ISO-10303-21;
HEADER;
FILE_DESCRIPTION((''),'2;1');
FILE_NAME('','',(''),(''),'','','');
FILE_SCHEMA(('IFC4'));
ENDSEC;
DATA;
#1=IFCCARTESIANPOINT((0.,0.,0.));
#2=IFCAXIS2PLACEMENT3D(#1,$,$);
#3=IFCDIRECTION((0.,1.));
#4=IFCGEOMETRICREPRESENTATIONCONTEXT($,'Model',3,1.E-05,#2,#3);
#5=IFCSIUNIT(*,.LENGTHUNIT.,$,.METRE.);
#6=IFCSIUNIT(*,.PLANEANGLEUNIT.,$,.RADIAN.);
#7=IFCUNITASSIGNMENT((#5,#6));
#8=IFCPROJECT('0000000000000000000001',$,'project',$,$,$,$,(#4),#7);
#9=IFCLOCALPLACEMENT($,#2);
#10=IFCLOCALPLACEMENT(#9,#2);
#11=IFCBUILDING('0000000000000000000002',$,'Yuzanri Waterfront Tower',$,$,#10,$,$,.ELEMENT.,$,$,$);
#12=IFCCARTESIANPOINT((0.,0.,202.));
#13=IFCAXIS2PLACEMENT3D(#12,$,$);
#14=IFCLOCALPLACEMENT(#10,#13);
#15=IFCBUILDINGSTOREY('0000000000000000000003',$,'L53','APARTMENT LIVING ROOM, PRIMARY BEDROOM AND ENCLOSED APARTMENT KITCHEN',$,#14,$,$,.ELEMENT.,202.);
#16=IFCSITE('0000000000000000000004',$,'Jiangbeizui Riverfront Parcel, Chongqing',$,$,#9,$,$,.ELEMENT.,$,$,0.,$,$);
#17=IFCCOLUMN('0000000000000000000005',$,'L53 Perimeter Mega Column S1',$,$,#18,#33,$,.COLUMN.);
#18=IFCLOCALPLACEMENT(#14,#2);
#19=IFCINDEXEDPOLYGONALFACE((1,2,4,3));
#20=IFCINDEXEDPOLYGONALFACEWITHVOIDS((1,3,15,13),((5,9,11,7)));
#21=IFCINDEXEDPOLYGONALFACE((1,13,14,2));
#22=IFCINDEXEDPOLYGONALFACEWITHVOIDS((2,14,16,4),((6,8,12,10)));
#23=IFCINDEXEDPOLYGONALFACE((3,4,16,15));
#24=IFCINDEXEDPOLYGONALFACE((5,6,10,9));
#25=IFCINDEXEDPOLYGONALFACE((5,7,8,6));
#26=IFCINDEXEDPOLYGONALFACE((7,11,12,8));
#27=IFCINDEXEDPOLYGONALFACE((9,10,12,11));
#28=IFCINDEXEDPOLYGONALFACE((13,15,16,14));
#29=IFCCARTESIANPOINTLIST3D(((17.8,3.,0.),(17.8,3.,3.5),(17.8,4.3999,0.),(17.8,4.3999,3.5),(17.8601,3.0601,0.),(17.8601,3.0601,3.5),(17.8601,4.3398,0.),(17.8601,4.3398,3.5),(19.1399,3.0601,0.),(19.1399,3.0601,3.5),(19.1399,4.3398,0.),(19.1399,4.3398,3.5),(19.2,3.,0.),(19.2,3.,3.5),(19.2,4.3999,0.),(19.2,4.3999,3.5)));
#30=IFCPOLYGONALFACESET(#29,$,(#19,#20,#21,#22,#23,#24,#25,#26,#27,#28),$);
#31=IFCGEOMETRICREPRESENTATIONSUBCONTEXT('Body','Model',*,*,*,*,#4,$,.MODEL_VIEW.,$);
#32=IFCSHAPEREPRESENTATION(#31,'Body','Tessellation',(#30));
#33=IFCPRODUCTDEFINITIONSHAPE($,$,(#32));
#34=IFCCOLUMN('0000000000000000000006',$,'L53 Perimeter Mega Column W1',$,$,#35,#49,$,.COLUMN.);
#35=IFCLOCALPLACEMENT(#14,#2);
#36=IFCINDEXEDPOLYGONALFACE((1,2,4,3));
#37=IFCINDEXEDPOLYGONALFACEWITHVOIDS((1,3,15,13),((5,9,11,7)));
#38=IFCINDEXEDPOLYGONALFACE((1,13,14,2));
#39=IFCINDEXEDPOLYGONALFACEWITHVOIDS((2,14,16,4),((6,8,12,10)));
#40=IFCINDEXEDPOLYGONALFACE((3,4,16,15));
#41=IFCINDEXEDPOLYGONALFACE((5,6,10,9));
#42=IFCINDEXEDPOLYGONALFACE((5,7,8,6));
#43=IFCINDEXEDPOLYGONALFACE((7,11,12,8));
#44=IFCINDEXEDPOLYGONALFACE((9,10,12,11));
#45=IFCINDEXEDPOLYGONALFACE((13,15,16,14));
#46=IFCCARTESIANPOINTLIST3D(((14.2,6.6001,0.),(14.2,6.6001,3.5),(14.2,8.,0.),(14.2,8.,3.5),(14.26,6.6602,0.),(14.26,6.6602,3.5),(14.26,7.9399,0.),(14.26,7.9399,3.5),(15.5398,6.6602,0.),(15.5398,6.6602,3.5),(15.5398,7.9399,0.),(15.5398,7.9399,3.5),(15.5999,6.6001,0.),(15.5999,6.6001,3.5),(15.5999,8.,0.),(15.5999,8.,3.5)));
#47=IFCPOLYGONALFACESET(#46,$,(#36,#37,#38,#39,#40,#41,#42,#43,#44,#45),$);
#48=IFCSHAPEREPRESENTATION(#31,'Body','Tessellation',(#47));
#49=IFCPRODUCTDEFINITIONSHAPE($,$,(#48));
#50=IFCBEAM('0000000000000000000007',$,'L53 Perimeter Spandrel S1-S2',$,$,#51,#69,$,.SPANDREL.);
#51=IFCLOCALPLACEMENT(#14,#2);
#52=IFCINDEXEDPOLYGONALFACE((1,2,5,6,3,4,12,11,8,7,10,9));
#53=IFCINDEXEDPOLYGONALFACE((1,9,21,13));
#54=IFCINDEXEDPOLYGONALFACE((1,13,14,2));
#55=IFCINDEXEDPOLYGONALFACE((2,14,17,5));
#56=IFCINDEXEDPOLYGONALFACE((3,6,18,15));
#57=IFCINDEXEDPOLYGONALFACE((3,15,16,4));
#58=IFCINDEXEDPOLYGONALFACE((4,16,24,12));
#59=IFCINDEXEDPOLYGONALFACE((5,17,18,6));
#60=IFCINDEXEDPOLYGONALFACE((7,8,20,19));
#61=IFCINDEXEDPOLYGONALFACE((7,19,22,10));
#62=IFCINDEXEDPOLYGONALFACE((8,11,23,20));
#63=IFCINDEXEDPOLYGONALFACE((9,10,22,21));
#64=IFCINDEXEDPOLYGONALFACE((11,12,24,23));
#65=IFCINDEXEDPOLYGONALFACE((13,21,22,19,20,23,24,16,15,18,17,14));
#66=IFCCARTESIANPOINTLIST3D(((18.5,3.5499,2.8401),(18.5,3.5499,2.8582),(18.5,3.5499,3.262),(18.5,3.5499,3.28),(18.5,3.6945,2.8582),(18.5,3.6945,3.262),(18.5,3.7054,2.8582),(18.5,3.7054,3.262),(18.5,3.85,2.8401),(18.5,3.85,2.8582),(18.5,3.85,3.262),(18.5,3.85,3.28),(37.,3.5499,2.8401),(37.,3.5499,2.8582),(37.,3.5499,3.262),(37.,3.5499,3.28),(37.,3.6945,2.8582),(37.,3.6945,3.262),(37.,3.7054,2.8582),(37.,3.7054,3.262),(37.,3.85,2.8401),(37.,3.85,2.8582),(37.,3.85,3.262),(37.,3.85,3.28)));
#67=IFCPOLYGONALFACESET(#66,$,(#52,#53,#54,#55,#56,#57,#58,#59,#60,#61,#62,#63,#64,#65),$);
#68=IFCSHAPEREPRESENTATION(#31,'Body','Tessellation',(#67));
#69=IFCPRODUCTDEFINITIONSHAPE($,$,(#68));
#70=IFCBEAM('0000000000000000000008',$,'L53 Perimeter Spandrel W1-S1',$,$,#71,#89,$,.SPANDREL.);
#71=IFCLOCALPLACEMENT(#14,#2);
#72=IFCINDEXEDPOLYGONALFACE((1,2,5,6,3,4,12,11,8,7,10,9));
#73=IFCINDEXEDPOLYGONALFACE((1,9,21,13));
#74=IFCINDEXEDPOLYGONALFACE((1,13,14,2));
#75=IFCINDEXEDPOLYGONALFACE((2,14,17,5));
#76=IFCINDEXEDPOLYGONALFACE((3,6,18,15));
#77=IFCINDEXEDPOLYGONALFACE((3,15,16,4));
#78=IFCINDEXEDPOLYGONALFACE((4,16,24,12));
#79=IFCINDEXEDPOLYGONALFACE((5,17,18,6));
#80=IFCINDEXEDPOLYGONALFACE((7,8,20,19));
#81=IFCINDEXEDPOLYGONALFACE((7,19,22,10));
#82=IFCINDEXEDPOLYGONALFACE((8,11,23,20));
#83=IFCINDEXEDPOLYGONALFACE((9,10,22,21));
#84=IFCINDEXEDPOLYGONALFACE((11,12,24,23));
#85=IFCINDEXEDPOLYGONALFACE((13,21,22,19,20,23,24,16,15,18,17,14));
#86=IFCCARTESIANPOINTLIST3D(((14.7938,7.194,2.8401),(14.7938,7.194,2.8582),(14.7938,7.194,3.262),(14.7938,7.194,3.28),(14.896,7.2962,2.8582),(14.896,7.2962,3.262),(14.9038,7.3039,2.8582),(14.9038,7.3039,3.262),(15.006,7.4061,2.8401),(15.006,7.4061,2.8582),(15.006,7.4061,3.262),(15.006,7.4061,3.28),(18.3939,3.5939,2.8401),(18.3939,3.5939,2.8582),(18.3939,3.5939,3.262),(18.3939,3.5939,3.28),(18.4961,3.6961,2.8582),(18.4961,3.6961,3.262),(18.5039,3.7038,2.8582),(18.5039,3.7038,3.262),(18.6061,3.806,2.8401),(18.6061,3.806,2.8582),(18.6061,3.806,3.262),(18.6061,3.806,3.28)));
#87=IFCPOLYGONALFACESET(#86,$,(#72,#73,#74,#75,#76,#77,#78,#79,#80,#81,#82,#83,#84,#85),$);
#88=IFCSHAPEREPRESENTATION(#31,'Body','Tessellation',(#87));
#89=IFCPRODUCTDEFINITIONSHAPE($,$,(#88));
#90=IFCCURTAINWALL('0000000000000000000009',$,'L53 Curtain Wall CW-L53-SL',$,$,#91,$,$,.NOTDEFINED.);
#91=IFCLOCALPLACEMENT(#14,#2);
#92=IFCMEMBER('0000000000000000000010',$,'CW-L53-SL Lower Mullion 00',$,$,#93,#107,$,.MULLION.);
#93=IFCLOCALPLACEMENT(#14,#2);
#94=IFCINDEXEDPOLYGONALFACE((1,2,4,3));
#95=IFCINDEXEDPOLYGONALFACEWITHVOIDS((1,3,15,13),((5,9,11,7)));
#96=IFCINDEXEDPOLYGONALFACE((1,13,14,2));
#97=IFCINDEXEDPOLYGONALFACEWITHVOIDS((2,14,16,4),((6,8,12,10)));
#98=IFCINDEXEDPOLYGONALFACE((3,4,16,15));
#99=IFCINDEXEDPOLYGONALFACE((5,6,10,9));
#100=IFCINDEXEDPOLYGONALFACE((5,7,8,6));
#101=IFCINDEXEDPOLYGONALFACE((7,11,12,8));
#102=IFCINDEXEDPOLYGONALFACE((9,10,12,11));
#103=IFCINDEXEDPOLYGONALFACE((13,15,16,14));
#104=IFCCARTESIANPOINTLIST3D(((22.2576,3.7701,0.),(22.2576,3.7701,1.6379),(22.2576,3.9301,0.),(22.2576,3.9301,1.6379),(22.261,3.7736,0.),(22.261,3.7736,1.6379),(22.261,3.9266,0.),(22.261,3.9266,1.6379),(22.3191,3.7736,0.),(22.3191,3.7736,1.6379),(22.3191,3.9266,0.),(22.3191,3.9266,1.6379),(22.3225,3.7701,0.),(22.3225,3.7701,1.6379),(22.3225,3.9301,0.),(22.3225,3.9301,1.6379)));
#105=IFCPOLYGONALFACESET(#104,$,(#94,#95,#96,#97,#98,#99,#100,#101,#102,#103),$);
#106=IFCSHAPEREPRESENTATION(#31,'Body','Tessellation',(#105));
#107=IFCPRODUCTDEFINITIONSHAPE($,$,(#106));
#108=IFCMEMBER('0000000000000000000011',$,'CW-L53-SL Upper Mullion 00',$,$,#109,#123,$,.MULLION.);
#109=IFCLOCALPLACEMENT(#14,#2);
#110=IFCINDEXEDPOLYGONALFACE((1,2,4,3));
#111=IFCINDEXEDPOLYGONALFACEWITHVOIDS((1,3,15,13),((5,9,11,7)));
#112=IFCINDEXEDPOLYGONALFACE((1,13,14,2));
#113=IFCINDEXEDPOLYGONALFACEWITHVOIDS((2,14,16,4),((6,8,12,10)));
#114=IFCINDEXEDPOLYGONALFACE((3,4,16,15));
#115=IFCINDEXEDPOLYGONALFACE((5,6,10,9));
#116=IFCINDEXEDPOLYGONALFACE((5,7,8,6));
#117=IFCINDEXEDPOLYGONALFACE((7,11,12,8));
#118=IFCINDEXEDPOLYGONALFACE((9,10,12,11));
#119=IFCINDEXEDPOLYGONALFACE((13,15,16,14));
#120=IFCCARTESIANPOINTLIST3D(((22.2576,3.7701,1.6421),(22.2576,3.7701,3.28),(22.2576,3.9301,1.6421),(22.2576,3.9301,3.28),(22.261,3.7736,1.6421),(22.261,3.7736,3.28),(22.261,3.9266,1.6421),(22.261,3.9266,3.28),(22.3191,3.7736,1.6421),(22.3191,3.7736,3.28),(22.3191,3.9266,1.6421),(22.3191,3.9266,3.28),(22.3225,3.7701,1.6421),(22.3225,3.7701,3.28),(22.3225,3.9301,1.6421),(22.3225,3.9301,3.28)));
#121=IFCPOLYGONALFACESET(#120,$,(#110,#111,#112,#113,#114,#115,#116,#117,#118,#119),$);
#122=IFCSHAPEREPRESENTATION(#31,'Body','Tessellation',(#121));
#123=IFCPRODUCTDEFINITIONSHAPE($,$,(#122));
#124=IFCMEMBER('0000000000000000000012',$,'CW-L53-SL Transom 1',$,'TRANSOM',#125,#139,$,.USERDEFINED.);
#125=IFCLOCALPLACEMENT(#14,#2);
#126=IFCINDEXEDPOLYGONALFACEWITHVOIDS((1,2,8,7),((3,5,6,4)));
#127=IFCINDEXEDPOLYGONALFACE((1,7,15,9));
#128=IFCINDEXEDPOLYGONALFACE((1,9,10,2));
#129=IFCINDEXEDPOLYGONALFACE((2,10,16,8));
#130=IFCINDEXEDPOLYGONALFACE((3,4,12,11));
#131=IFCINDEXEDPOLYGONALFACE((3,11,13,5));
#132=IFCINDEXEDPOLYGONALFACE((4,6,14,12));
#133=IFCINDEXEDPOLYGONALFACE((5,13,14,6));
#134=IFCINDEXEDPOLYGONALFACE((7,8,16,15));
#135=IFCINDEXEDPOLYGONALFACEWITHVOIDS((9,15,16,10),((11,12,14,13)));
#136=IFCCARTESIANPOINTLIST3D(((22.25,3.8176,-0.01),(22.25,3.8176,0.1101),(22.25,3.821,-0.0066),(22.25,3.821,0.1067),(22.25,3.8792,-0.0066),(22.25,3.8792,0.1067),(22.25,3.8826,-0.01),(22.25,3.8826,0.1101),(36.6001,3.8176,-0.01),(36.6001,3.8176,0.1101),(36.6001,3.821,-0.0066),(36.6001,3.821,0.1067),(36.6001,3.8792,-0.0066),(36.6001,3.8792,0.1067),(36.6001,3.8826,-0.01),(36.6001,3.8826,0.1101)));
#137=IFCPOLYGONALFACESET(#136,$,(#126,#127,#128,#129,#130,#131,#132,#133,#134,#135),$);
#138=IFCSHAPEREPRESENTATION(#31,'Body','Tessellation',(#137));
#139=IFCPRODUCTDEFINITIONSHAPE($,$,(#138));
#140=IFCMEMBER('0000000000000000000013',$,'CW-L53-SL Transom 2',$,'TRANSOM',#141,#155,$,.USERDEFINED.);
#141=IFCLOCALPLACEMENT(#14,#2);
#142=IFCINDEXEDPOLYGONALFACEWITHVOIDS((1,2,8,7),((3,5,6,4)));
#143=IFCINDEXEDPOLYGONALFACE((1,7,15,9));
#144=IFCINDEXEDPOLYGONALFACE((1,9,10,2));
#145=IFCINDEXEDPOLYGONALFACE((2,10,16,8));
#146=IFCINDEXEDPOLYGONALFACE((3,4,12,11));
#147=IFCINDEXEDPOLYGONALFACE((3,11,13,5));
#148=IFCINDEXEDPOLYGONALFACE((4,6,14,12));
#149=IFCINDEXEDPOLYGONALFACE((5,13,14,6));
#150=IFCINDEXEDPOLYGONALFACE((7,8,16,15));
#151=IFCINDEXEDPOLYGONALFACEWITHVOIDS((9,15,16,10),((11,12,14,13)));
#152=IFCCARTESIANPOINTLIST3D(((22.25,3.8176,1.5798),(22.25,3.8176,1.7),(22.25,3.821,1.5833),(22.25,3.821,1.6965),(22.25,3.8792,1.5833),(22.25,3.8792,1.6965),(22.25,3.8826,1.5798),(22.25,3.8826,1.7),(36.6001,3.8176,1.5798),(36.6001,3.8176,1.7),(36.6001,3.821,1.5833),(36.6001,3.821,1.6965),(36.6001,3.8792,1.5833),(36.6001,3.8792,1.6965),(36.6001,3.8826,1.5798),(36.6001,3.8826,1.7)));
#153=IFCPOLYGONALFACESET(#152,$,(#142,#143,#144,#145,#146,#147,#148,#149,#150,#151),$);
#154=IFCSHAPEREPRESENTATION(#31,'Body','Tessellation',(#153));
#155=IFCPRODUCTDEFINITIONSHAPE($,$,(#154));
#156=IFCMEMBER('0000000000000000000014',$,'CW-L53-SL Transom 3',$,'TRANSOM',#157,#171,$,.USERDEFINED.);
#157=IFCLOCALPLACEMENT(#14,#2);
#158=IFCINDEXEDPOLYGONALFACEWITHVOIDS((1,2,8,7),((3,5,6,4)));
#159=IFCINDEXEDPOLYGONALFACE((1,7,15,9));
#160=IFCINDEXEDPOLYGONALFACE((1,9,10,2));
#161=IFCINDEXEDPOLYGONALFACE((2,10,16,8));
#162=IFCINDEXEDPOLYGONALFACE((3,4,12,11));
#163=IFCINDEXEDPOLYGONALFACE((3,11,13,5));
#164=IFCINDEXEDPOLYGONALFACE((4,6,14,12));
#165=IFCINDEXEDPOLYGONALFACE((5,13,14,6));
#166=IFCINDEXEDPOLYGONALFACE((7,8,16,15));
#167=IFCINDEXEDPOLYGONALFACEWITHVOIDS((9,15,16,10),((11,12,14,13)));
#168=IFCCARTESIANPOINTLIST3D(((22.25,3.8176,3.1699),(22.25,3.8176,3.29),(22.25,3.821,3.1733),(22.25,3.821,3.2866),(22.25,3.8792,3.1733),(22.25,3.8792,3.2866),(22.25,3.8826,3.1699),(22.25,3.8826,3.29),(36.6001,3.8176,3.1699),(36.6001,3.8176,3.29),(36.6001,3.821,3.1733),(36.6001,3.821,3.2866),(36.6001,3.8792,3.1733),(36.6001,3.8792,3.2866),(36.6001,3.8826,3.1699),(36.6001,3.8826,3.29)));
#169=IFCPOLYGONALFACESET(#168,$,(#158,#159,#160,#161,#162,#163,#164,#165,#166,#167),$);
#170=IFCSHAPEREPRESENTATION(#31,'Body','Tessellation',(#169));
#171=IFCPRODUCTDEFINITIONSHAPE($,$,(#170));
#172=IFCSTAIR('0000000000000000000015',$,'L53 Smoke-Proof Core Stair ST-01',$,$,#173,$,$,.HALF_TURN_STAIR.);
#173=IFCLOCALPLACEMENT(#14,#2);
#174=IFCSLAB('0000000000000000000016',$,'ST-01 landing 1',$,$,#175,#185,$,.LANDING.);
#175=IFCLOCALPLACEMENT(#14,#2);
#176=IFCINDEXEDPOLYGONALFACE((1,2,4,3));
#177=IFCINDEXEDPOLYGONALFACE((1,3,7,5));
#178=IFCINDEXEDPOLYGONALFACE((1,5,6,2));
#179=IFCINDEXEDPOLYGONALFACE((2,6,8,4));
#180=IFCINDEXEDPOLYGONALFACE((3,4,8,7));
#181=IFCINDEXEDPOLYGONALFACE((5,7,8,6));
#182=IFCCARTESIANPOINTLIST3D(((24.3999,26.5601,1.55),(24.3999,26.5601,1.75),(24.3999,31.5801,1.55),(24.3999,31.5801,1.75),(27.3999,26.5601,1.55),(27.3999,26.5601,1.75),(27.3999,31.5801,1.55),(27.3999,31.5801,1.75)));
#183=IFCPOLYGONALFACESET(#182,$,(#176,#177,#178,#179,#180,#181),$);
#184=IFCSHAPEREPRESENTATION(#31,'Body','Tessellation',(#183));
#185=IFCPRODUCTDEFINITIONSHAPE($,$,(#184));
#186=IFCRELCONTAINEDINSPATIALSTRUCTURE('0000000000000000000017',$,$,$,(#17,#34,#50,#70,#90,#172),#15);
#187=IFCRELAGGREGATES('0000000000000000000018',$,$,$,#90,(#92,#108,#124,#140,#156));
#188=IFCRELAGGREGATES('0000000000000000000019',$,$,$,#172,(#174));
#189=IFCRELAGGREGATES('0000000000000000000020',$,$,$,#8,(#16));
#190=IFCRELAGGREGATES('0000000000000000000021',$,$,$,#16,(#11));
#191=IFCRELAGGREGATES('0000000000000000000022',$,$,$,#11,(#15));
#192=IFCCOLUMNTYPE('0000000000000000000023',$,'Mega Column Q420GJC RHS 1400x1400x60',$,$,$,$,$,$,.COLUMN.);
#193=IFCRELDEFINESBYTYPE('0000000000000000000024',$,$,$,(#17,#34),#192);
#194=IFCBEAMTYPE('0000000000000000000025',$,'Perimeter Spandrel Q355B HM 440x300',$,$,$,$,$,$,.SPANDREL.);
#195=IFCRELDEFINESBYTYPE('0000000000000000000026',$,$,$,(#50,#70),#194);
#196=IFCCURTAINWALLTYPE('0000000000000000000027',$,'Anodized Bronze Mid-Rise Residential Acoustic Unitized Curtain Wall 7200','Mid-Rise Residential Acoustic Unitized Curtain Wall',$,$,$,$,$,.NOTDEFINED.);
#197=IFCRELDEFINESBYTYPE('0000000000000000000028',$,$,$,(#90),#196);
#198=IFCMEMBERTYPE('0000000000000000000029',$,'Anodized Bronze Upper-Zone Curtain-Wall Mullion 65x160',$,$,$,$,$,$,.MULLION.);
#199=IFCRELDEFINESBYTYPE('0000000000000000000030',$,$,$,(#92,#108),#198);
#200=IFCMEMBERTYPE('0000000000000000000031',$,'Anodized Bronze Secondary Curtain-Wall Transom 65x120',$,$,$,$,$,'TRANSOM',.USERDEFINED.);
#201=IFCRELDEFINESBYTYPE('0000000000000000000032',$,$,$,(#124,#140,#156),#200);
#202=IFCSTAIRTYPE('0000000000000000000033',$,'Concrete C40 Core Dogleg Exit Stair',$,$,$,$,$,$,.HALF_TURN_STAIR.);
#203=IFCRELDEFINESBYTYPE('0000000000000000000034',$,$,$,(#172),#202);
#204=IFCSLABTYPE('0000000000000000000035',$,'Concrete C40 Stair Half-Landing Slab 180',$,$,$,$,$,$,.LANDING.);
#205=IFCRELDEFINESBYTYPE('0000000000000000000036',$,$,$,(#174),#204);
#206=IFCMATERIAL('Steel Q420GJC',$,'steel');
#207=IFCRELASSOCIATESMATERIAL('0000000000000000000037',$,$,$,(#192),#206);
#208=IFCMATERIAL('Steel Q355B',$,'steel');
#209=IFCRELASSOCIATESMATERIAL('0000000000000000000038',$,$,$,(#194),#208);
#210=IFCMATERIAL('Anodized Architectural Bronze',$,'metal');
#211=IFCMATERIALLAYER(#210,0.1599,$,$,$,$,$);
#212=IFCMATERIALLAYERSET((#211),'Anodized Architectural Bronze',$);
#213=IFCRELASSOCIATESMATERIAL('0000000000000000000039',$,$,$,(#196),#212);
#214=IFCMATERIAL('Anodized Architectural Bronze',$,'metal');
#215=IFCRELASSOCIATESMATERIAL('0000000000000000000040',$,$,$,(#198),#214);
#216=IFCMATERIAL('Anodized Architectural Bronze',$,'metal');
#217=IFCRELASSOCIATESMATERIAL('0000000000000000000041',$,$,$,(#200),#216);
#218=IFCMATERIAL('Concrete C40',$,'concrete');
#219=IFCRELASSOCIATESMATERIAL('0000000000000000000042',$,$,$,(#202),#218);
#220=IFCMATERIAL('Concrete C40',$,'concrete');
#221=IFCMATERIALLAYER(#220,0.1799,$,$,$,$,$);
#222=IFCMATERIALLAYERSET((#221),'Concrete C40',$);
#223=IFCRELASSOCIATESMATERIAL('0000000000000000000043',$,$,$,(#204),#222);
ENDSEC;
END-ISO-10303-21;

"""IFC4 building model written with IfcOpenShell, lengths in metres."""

from ifc_helpers import new_model, si_unit, direction, frame, origin, origin_2d, place, context, subcontext, project, spatial, polyline, hollow_rectangle, i_section, outline, extrude, source, transform, mapped, material, layer, layer_set, material_profile, profile_set, type_object, element, aggregate, save


model = new_model("IFC4")

# Units and contexts
model_context = context("Model", 3, precision=1e-05, world=origin(), true_north=direction((0.0, 1.0)))
body_context = subcontext(model_context, "Body", "Model", "MODEL_VIEW")
ifc_project = project(units=[si_unit("LENGTHUNIT", "METRE"), si_unit("PLANEANGLEUNIT", "RADIAN")], contexts=[model_context])

# Site, building, storey
site_placement = place(None, origin())
site = spatial("IfcSite", under=ifc_project, at=site_placement, Name="Jiangbeizui Riverfront Parcel, Chongqing", CompositionType="ELEMENT", RefElevation=0.0)
building_placement = place(site_placement, origin())
building = spatial("IfcBuilding", under=site, at=building_placement, Name="Yuzanri Waterfront Tower", CompositionType="ELEMENT")
storey_placement = place(building_placement, frame((0.0, 0.0, 202.0)))
storey = spatial("IfcBuildingStorey", under=building, at=storey_placement, Name="L53", Description="APARTMENT LIVING ROOM, PRIMARY BEDROOM AND ENCLOSED APARTMENT KITCHEN", CompositionType="ELEMENT", Elevation=202.0)

# Columns
ifc_material_1 = material(Name="Steel Q420GJC", Category="steel")
ifc_material_profile_1 = material_profile(ifc_material_1, hollow_rectangle(XDim=1.3999, YDim=1.3999, WallThickness=0.0601, at=origin_2d()), Name="RHS 1400x1400x60")
ifc_profile_set_1 = profile_set([ifc_material_profile_1], Name="Steel Q420GJC")
column_type = type_object("IfcColumnType", Name="Mega Column Q420GJC RHS 1400x1400x60", PredefinedType="COLUMN", material=ifc_profile_set_1)
shared_shape_1 = source(origin(), body_context, "Body", "SweptSolid", [
    extrude(hollow_rectangle(XDim=1.3999, YDim=1.3999, WallThickness=0.0601, at=origin_2d()), origin(), (0.0, 0.0, 1.0), 3.5),
])
for number, where, z_axis, x_axis, name in (
    (1, (18.5, 3.7, 0.0), (0.0, 0.0, 1.0), (1.0, 0.0, 0.0), "L53 Perimeter Mega Column S1"),
    (2, (14.8999, 7.3, 0.0), (0.0, 0.0, 1.0), (1.0, 0.0, 0.0), "L53 Perimeter Mega Column W1"),
):
    element("IfcColumn", number, at=place(storey_placement, frame(where, z_axis=z_axis, x_axis=x_axis)), inside=storey, type_object=column_type, Name=name, PredefinedType="COLUMN", context=body_context, shape_type="MappedRepresentation", body=[
        mapped(shared_shape_1, transform((0.0, 0.0, 0.0), scale=1.0)),
    ])

# Beams
ifc_material_2 = material(Name="Steel Q355B", Category="steel")
ifc_material_profile_2 = material_profile(ifc_material_2, i_section(OverallWidth=0.3, OverallDepth=0.4399, WebThickness=0.011, FlangeThickness=0.0181, at=origin_2d()), Name="HM 440x300x11x18")
ifc_profile_set_2 = profile_set([ifc_material_profile_2], Name="Steel Q355B")
beam_type = type_object("IfcBeamType", Name="Perimeter Spandrel Q355B HM 440x300", PredefinedType="SPANDREL", material=ifc_profile_set_2)
shared_shape_2 = source(origin(), body_context, "Body", "SweptSolid", [
    extrude(i_section(OverallWidth=0.3, OverallDepth=0.4399, WebThickness=0.011, FlangeThickness=0.0181, at=origin_2d()), origin(), (0.0, 0.0, 1.0), 18.5),
])
beam_1_placement = place(storey_placement, frame((18.5, 3.7, 3.0601), z_axis=(1.0, 0.0, 0.0), x_axis=(0.0, 1.0, 0.0)))
element("IfcBeam", 3, at=beam_1_placement, inside=storey, type_object=beam_type, Name="L53 Perimeter Spandrel S1-S2", PredefinedType="SPANDREL", context=body_context, shape_type="MappedRepresentation", body=[
    mapped(shared_shape_2, transform((0.0, 0.0, 0.0), scale=1.0)),
])
shared_shape_3 = source(origin(), body_context, "Body", "SweptSolid", [
    extrude(i_section(OverallWidth=0.3, OverallDepth=0.4399, WebThickness=0.011, FlangeThickness=0.0181, at=origin_2d()), origin(), (0.0, 0.0, 1.0), 5.0913),
])
beam_2_placement = place(storey_placement, frame((14.8999, 7.3, 3.0601), z_axis=(0.707107, -0.707107, 0.0), x_axis=(0.707107, 0.707107, 0.0)))
element("IfcBeam", 4, at=beam_2_placement, inside=storey, type_object=beam_type, Name="L53 Perimeter Spandrel W1-S1", PredefinedType="SPANDREL", context=body_context, shape_type="MappedRepresentation", body=[
    mapped(shared_shape_3, transform((0.0, 0.0, 0.0), scale=1.0)),
])

# Curtain wall, members
ifc_material_3 = material(Name="Anodized Architectural Bronze", Category="metal")
ifc_layer_1 = layer(ifc_material_3, 0.1599)
ifc_layer_set_1 = layer_set([ifc_layer_1], Name="Anodized Architectural Bronze")
curtain_wall_type = type_object("IfcCurtainWallType", Name="Anodized Bronze Mid-Rise Residential Acoustic Unitized Curtain Wall 7200", Description="Mid-Rise Residential Acoustic Unitized Curtain Wall", PredefinedType="NOTDEFINED", material=ifc_layer_set_1)
curtain_wall_placement = place(storey_placement, origin())
curtain_wall = element("IfcCurtainWall", 5, at=curtain_wall_placement, inside=storey, type_object=curtain_wall_type, Name="L53 Curtain Wall CW-L53-SL", PredefinedType="NOTDEFINED")
ifc_material_4 = material(Name="Anodized Architectural Bronze", Category="metal")
ifc_material_profile_3 = material_profile(ifc_material_4, hollow_rectangle(XDim=0.0649, YDim=0.1599, WallThickness=0.0034, at=origin_2d()), Name="CWM 65x160")
ifc_profile_set_3 = profile_set([ifc_material_profile_3], Name="Anodized Architectural Bronze")
member_type_1 = type_object("IfcMemberType", Name="Anodized Bronze Upper-Zone Curtain-Wall Mullion 65x160", PredefinedType="MULLION", material=ifc_profile_set_3)
shared_shape_4 = source(origin(), body_context, "Body", "SweptSolid", [
    extrude(hollow_rectangle(XDim=0.0649, YDim=0.1599, WallThickness=0.0034, at=origin_2d()), origin(), (0.0, 0.0, 1.0), 1.6379),
])
member_1_placement = place(storey_placement, frame((22.29, 3.8501, 0.0), z_axis=(0.0, 0.0, 1.0), x_axis=(1.0, 0.0, 0.0)))
member_1 = element("IfcMember", 6, at=member_1_placement, type_object=member_type_1, Name="CW-L53-SL Lower Mullion 00", PredefinedType="MULLION", context=body_context, shape_type="MappedRepresentation", body=[
    mapped(shared_shape_4, transform((0.0, 0.0, 0.0), scale=1.0)),
])
member_2_placement = place(storey_placement, frame((22.29, 3.8501, 1.6421), z_axis=(0.0, 0.0, 1.0), x_axis=(1.0, 0.0, 0.0)))
member_2 = element("IfcMember", 7, at=member_2_placement, type_object=member_type_1, Name="CW-L53-SL Upper Mullion 00", PredefinedType="MULLION", context=body_context, shape_type="MappedRepresentation", body=[
    mapped(shared_shape_4, transform((0.0, 0.0, 0.0), scale=1.0)),
])
ifc_material_5 = material(Name="Anodized Architectural Bronze", Category="metal")
ifc_material_profile_4 = material_profile(ifc_material_5, hollow_rectangle(XDim=0.0649, YDim=0.1201, WallThickness=0.0034, at=origin_2d()), Name="CWT 65x120")
ifc_profile_set_4 = profile_set([ifc_material_profile_4], Name="Anodized Architectural Bronze")
member_type_2 = type_object("IfcMemberType", Name="Anodized Bronze Secondary Curtain-Wall Transom 65x120", ElementType="TRANSOM", PredefinedType="USERDEFINED", material=ifc_profile_set_4)
shared_shape_5 = source(origin(), body_context, "Body", "SweptSolid", [
    extrude(hollow_rectangle(XDim=0.0649, YDim=0.1201, WallThickness=0.0034, at=origin_2d()), origin(), (0.0, 0.0, 1.0), 14.3501),
])
member_3_placement = place(storey_placement, frame((22.25, 3.8501, 0.05), z_axis=(1.0, 0.0, 0.0), x_axis=(0.0, 1.0, 0.0)))
member_3 = element("IfcMember", 8, at=member_3_placement, type_object=member_type_2, Name="CW-L53-SL Transom 1", ObjectType="TRANSOM", PredefinedType="USERDEFINED", context=body_context, shape_type="MappedRepresentation", body=[
    mapped(shared_shape_5, transform((0.0, 0.0, 0.0), scale=1.0)),
])
member_4_placement = place(storey_placement, frame((22.25, 3.8501, 1.6399), z_axis=(1.0, 0.0, 0.0), x_axis=(0.0, 1.0, 0.0)))
member_4 = element("IfcMember", 9, at=member_4_placement, type_object=member_type_2, Name="CW-L53-SL Transom 2", ObjectType="TRANSOM", PredefinedType="USERDEFINED", context=body_context, shape_type="MappedRepresentation", body=[
    mapped(shared_shape_5, transform((0.0, 0.0, 0.0), scale=1.0)),
])
member_5_placement = place(storey_placement, frame((22.25, 3.8501, 3.23), z_axis=(1.0, 0.0, 0.0), x_axis=(0.0, 1.0, 0.0)))
member_5 = element("IfcMember", 10, at=member_5_placement, type_object=member_type_2, Name="CW-L53-SL Transom 3", ObjectType="TRANSOM", PredefinedType="USERDEFINED", context=body_context, shape_type="MappedRepresentation", body=[
    mapped(shared_shape_5, transform((0.0, 0.0, 0.0), scale=1.0)),
])
aggregate(curtain_wall, [member_1, member_2, member_3, member_4, member_5])

# Stair, slab
ifc_material_6 = material(Name="Concrete C40", Category="concrete")
stair_type = type_object("IfcStairType", Name="Concrete C40 Core Dogleg Exit Stair", PredefinedType="HALF_TURN_STAIR", material=ifc_material_6)
stair_1_placement = place(storey_placement, origin())
stair_1 = element("IfcStair", 11, at=stair_1_placement, inside=storey, type_object=stair_type, Name="L53 Smoke-Proof Core Stair ST-01", PredefinedType="HALF_TURN_STAIR")
ifc_material_7 = material(Name="Concrete C40", Category="concrete")
ifc_layer_2 = layer(ifc_material_7, 0.1799)
ifc_layer_set_2 = layer_set([ifc_layer_2], Name="Concrete C40")
slab_type_1 = type_object("IfcSlabType", Name="Concrete C40 Stair Half-Landing Slab 180", PredefinedType="LANDING", material=ifc_layer_set_2)
slab_1_placement = place(storey_placement, frame((0.0, 0.0, 1.55)))
slab_1 = element("IfcSlab", 12, at=slab_1_placement, type_object=slab_type_1, Name="ST-01 landing 1", PredefinedType="LANDING", context=body_context, shape_type="SweptSolid", body=[
    extrude(outline(polyline([(27.3999, 26.5601), (27.3999, 31.5801), (24.3999, 31.5801), (24.3999, 26.5601), (27.3999, 26.5601)])), origin(), (0.0, 0.0, 1.0), 0.2),
])
aggregate(stair_1, [slab_1])

save(model, "model.ifc")
